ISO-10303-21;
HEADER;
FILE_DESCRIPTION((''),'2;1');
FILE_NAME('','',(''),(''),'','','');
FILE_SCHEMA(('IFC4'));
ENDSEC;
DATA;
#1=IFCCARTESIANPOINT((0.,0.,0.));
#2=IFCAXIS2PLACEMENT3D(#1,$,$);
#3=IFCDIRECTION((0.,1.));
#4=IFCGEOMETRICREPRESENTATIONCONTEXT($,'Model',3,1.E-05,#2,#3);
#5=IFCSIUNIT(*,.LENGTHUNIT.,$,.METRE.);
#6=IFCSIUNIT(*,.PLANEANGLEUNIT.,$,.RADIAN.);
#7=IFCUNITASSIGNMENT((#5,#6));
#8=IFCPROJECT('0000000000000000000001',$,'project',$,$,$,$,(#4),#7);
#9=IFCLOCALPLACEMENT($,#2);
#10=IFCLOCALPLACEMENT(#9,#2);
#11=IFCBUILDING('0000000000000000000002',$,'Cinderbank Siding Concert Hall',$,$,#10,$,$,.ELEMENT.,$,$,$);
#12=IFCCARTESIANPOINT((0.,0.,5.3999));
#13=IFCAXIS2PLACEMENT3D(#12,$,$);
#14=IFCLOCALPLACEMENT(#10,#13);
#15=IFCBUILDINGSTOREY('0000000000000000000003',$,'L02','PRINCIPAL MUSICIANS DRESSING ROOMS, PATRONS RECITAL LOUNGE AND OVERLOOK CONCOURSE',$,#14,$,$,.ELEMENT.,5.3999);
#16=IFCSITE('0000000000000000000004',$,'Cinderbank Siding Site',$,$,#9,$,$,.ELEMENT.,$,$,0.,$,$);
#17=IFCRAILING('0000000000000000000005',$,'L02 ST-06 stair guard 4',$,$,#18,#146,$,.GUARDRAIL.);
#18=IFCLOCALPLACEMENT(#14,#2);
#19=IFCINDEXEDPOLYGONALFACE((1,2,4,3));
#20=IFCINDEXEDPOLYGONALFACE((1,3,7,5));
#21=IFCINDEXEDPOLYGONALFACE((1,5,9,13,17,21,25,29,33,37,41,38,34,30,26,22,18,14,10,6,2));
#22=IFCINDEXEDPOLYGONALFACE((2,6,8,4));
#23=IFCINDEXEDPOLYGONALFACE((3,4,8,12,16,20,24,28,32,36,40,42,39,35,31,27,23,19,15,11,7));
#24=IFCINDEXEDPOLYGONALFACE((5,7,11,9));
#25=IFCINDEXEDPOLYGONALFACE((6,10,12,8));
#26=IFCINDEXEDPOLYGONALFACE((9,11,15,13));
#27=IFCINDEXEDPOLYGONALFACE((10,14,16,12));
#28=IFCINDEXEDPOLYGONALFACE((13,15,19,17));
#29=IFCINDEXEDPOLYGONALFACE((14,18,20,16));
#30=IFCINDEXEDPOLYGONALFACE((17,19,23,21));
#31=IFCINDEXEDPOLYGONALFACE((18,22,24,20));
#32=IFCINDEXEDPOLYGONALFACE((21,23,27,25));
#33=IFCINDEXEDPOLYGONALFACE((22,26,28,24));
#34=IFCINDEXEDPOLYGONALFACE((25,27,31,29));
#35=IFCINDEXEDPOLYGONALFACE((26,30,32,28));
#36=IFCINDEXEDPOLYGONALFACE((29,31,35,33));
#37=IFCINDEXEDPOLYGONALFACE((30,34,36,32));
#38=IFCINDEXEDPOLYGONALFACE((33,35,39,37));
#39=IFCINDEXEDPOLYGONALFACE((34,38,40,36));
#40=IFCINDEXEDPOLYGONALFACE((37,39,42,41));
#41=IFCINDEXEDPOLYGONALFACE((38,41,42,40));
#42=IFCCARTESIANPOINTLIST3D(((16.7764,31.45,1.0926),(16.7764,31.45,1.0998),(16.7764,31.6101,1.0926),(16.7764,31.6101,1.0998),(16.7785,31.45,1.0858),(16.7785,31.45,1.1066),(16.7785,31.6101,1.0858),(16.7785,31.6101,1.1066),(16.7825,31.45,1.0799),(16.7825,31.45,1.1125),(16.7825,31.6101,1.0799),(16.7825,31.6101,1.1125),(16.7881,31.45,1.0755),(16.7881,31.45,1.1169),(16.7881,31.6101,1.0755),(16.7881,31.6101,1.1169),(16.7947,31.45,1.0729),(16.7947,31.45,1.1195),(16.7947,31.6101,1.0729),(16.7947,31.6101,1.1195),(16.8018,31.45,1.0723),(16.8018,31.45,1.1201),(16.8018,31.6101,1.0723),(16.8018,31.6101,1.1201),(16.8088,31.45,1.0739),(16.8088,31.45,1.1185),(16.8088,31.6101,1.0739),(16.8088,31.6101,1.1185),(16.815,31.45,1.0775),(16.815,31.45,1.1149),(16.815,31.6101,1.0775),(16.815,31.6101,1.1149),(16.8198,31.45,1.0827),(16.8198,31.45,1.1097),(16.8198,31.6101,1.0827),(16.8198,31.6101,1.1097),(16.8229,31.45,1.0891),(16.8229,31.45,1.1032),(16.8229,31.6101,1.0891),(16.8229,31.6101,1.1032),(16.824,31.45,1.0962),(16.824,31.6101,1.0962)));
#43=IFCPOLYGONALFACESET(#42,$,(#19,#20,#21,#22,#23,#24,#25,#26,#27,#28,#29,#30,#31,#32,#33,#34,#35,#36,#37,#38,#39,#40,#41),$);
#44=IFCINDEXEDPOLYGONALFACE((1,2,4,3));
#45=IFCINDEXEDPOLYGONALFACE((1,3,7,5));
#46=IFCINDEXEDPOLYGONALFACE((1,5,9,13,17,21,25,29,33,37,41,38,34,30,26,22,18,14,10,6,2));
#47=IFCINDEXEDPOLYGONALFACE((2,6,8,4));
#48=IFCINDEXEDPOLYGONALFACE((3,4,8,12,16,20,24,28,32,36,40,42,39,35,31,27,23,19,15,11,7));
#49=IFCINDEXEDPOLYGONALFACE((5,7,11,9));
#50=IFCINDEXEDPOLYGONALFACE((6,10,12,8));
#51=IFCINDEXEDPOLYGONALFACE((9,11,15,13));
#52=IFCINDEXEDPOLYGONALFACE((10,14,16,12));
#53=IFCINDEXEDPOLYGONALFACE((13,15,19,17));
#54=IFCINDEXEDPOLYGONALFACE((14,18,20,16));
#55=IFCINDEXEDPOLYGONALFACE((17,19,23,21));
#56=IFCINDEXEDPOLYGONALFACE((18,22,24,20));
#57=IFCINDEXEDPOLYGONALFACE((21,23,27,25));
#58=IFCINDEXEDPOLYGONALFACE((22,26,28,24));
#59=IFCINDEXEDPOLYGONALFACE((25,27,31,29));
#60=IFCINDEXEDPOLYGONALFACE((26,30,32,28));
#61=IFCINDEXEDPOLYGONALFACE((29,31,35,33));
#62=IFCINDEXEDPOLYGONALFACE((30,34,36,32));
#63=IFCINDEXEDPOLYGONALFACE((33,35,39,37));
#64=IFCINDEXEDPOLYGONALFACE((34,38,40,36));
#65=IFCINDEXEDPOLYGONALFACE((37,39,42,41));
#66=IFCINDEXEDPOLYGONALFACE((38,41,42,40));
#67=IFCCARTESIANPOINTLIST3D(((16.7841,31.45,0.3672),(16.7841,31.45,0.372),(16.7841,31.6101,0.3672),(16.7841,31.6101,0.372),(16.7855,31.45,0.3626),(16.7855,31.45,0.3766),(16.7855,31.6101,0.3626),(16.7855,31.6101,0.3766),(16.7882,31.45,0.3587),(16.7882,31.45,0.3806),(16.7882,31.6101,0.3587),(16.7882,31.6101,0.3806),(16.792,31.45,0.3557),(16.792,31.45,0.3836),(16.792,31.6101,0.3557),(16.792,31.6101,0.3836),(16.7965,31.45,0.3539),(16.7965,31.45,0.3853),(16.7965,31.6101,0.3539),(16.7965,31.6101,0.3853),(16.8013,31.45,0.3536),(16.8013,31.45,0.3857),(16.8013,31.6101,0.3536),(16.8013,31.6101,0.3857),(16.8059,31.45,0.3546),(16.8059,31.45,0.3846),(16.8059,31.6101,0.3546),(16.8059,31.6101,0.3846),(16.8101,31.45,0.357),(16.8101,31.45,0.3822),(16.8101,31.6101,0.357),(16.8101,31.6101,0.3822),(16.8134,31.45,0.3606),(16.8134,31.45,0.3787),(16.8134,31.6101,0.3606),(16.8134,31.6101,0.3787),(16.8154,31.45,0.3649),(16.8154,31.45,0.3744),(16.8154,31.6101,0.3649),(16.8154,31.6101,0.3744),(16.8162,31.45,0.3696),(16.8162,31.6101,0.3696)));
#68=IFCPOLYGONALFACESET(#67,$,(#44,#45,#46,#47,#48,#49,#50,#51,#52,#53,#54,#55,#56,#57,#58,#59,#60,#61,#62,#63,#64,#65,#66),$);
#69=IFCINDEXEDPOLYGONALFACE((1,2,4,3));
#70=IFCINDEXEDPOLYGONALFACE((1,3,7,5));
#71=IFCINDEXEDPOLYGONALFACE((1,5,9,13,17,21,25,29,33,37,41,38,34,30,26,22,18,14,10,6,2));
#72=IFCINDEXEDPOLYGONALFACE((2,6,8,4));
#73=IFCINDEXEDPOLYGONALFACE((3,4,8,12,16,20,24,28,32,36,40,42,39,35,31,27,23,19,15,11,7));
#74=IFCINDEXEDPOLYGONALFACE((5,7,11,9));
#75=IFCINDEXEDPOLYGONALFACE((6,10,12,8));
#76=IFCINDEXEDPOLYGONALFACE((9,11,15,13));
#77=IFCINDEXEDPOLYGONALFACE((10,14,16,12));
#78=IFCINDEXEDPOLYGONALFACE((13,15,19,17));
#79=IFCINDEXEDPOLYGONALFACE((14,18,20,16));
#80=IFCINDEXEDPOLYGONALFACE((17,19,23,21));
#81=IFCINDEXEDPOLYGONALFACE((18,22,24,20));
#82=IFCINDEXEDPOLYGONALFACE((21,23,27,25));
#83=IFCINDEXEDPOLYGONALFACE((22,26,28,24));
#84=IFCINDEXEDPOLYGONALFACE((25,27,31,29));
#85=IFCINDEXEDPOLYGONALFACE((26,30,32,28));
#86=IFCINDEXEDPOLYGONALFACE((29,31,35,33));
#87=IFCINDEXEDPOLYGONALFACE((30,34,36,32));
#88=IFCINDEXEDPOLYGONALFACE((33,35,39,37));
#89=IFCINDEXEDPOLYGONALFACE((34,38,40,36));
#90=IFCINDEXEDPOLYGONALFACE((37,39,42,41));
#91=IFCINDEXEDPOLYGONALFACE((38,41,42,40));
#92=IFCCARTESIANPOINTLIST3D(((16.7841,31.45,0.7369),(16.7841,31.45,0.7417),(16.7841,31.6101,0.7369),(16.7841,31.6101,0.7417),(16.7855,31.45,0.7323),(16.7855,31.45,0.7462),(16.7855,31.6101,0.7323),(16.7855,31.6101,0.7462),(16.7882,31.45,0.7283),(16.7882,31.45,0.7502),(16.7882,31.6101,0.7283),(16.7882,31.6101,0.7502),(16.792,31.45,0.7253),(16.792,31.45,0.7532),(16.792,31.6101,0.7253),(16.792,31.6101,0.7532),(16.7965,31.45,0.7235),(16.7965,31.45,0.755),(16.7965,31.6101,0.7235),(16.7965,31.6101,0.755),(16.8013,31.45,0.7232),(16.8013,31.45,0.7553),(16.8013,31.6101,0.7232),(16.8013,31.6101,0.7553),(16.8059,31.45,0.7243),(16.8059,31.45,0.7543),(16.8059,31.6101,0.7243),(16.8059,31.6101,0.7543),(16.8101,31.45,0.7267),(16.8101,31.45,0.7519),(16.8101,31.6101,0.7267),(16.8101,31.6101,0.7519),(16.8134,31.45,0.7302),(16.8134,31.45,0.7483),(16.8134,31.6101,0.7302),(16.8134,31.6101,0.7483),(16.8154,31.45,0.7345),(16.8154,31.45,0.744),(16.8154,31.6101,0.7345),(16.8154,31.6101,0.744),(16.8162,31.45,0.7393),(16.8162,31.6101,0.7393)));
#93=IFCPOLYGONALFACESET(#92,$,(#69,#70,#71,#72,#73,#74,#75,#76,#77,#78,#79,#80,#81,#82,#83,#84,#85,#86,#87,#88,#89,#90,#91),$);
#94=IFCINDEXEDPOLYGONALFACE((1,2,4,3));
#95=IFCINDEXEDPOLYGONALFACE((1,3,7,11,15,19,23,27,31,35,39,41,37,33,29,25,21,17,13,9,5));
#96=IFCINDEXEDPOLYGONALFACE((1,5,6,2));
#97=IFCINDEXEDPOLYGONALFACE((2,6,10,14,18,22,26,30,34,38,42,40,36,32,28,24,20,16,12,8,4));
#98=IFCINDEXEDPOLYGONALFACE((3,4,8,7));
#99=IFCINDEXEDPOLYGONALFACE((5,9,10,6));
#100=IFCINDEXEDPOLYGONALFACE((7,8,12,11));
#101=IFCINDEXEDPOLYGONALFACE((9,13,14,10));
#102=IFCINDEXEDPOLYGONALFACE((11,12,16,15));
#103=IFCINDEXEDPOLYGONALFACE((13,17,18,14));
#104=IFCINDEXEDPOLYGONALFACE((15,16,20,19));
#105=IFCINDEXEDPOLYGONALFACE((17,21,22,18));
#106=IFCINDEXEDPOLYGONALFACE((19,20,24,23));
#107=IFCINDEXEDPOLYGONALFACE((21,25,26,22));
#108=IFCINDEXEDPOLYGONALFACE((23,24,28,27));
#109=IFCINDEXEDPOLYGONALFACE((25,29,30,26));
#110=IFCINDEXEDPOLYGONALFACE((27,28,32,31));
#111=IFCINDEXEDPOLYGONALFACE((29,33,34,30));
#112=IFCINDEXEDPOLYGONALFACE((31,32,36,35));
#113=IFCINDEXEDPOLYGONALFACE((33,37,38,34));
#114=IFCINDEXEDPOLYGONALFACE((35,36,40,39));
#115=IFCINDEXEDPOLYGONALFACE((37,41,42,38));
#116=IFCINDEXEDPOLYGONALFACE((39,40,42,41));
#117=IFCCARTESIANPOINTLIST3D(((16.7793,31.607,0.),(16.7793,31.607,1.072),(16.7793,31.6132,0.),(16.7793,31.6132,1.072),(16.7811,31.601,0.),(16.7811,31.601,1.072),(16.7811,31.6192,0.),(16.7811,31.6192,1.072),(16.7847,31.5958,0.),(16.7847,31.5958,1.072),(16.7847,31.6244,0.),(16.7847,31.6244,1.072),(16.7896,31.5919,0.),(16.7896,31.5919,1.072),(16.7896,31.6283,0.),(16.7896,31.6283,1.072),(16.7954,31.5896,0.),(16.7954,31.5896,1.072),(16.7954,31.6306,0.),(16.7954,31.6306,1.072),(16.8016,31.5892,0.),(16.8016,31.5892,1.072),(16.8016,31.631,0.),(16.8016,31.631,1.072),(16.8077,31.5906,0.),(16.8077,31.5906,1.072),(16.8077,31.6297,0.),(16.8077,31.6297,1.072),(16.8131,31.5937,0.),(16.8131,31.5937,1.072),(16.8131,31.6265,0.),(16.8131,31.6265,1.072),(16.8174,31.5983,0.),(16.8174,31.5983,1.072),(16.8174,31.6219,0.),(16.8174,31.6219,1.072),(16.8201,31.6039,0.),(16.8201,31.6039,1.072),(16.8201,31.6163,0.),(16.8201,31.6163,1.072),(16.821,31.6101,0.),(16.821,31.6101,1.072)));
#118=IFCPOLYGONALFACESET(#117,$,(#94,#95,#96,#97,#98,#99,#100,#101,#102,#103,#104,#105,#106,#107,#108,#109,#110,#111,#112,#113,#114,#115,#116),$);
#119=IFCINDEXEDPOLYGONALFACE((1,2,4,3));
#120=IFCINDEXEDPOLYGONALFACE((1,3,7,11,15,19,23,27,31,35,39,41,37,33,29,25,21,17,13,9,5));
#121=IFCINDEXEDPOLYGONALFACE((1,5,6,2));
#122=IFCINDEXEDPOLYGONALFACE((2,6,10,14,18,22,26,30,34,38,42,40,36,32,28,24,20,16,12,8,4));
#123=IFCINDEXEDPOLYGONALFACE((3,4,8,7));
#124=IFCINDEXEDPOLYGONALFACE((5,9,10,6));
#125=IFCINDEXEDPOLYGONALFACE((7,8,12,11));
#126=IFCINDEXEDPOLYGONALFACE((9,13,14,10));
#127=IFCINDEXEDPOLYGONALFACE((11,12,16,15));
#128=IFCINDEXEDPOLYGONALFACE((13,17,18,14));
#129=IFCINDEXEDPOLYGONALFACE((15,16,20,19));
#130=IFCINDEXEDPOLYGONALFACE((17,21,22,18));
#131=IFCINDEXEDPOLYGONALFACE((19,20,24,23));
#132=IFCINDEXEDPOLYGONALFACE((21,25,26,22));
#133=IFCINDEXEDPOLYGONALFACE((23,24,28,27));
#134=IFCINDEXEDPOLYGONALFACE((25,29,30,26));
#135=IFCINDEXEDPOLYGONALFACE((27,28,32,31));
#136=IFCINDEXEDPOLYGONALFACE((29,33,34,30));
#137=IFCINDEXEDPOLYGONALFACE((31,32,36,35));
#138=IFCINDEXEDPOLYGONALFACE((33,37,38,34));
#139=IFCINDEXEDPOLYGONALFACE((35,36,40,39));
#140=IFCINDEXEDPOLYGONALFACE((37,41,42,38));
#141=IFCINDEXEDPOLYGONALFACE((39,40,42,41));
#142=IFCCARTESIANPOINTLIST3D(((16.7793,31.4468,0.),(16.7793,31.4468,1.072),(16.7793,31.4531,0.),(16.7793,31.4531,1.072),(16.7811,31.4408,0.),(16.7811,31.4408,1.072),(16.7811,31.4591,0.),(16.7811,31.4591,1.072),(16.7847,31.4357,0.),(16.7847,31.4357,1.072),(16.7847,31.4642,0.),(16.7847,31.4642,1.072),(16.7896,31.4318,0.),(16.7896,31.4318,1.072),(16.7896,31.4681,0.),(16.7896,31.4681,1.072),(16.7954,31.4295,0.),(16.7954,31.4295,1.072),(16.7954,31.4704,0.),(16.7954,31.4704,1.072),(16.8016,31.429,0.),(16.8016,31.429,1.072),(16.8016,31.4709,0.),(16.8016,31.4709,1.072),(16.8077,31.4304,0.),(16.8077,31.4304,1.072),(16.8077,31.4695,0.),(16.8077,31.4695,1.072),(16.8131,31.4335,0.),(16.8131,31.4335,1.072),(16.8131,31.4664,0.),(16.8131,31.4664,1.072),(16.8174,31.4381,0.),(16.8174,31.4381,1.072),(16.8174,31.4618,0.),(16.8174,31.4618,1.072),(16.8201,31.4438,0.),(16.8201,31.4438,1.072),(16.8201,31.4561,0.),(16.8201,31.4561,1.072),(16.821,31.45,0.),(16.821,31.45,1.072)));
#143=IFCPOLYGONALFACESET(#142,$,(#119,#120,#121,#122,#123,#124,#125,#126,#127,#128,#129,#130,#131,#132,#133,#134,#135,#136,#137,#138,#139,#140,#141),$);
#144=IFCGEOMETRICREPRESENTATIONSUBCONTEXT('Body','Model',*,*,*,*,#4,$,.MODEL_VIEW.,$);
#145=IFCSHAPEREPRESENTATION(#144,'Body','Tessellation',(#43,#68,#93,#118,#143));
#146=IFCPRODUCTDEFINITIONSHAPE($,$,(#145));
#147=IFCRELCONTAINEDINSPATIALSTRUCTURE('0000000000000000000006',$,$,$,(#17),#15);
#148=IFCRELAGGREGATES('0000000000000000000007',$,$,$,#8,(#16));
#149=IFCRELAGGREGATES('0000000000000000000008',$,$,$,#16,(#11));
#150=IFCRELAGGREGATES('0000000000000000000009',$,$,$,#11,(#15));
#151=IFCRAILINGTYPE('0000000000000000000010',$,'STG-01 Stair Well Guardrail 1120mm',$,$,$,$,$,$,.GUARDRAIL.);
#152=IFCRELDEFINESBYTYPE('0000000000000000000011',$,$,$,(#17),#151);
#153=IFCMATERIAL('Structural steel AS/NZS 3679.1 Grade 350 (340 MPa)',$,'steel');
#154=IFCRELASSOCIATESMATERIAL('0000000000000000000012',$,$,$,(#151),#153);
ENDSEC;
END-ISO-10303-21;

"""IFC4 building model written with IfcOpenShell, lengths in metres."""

from ifc_helpers import new_model, si_unit, direction, frame, origin, origin_2d, place, context, subcontext, project, spatial, circle, extrude, material, type_object, element, save


model = new_model("IFC4")

# Units and contexts
model_context = context("Model", 3, precision=1e-05, world=origin(), true_north=direction((0.0, 1.0)))
body_context = subcontext(model_context, "Body", "Model", "MODEL_VIEW")
ifc_project = project(units=[si_unit("LENGTHUNIT", "METRE"), si_unit("PLANEANGLEUNIT", "RADIAN")], contexts=[model_context])

# Site, building, storey
site_placement = place(None, origin())
site = spatial("IfcSite", under=ifc_project, at=site_placement, Name="Cinderbank Siding Site", CompositionType="ELEMENT", RefElevation=0.0)
building_placement = place(site_placement, origin())
building = spatial("IfcBuilding", under=site, at=building_placement, Name="Cinderbank Siding Concert Hall", CompositionType="ELEMENT")
storey_placement = place(building_placement, frame((0.0, 0.0, 5.3999)))
storey = spatial("IfcBuildingStorey", under=building, at=storey_placement, Name="L02", Description="PRINCIPAL MUSICIANS DRESSING ROOMS, PATRONS RECITAL LOUNGE AND OVERLOOK CONCOURSE", CompositionType="ELEMENT", Elevation=5.3999)

# Shared definitions
ifc_material_1 = material(Name="Structural steel AS/NZS 3679.1 Grade 350 (340 MPa)", Category="steel")

# Railing
railing_type_1 = type_object("IfcRailingType", Name="STG-01 Stair Well Guardrail 1120mm", PredefinedType="GUARDRAIL", material=ifc_material_1)
railing_1_placement = place(storey_placement, frame((16.8, 31.6101, 0.0)))
element("IfcRailing", 1, at=railing_1_placement, inside=storey, type_object=railing_type_1, Name="L02 ST-06 stair guard 4", PredefinedType="GUARDRAIL", context=body_context, shape_type="SweptSolid", body=[
    extrude(circle(Radius=0.0239, at=origin_2d()), frame((0.0, 0.0, 1.0962), z_axis=(0.0, -1.0, 0.0), x_axis=(1.0, 0.0, 0.0)), (0.0, 0.0, 1.0), 0.1602),
    extrude(circle(Radius=0.0161, at=origin_2d()), frame((0.0, 0.0, 0.3696), z_axis=(0.0, -1.0, 0.0), x_axis=(1.0, 0.0, 0.0)), (0.0, 0.0, 1.0), 0.1602),
    extrude(circle(Radius=0.0161, at=origin_2d()), frame((0.0, 0.0, 0.7393), z_axis=(0.0, -1.0, 0.0), x_axis=(1.0, 0.0, 0.0)), (0.0, 0.0, 1.0), 0.1602),
    extrude(circle(Radius=0.021, at=origin_2d()), origin(), (0.0, 0.0, 1.0), 1.072),
    extrude(circle(Radius=0.021, at=origin_2d()), frame((0.0, -0.1602, 0.0)), (0.0, 0.0, 1.0), 1.072),
])

save(model, "model.ifc")
